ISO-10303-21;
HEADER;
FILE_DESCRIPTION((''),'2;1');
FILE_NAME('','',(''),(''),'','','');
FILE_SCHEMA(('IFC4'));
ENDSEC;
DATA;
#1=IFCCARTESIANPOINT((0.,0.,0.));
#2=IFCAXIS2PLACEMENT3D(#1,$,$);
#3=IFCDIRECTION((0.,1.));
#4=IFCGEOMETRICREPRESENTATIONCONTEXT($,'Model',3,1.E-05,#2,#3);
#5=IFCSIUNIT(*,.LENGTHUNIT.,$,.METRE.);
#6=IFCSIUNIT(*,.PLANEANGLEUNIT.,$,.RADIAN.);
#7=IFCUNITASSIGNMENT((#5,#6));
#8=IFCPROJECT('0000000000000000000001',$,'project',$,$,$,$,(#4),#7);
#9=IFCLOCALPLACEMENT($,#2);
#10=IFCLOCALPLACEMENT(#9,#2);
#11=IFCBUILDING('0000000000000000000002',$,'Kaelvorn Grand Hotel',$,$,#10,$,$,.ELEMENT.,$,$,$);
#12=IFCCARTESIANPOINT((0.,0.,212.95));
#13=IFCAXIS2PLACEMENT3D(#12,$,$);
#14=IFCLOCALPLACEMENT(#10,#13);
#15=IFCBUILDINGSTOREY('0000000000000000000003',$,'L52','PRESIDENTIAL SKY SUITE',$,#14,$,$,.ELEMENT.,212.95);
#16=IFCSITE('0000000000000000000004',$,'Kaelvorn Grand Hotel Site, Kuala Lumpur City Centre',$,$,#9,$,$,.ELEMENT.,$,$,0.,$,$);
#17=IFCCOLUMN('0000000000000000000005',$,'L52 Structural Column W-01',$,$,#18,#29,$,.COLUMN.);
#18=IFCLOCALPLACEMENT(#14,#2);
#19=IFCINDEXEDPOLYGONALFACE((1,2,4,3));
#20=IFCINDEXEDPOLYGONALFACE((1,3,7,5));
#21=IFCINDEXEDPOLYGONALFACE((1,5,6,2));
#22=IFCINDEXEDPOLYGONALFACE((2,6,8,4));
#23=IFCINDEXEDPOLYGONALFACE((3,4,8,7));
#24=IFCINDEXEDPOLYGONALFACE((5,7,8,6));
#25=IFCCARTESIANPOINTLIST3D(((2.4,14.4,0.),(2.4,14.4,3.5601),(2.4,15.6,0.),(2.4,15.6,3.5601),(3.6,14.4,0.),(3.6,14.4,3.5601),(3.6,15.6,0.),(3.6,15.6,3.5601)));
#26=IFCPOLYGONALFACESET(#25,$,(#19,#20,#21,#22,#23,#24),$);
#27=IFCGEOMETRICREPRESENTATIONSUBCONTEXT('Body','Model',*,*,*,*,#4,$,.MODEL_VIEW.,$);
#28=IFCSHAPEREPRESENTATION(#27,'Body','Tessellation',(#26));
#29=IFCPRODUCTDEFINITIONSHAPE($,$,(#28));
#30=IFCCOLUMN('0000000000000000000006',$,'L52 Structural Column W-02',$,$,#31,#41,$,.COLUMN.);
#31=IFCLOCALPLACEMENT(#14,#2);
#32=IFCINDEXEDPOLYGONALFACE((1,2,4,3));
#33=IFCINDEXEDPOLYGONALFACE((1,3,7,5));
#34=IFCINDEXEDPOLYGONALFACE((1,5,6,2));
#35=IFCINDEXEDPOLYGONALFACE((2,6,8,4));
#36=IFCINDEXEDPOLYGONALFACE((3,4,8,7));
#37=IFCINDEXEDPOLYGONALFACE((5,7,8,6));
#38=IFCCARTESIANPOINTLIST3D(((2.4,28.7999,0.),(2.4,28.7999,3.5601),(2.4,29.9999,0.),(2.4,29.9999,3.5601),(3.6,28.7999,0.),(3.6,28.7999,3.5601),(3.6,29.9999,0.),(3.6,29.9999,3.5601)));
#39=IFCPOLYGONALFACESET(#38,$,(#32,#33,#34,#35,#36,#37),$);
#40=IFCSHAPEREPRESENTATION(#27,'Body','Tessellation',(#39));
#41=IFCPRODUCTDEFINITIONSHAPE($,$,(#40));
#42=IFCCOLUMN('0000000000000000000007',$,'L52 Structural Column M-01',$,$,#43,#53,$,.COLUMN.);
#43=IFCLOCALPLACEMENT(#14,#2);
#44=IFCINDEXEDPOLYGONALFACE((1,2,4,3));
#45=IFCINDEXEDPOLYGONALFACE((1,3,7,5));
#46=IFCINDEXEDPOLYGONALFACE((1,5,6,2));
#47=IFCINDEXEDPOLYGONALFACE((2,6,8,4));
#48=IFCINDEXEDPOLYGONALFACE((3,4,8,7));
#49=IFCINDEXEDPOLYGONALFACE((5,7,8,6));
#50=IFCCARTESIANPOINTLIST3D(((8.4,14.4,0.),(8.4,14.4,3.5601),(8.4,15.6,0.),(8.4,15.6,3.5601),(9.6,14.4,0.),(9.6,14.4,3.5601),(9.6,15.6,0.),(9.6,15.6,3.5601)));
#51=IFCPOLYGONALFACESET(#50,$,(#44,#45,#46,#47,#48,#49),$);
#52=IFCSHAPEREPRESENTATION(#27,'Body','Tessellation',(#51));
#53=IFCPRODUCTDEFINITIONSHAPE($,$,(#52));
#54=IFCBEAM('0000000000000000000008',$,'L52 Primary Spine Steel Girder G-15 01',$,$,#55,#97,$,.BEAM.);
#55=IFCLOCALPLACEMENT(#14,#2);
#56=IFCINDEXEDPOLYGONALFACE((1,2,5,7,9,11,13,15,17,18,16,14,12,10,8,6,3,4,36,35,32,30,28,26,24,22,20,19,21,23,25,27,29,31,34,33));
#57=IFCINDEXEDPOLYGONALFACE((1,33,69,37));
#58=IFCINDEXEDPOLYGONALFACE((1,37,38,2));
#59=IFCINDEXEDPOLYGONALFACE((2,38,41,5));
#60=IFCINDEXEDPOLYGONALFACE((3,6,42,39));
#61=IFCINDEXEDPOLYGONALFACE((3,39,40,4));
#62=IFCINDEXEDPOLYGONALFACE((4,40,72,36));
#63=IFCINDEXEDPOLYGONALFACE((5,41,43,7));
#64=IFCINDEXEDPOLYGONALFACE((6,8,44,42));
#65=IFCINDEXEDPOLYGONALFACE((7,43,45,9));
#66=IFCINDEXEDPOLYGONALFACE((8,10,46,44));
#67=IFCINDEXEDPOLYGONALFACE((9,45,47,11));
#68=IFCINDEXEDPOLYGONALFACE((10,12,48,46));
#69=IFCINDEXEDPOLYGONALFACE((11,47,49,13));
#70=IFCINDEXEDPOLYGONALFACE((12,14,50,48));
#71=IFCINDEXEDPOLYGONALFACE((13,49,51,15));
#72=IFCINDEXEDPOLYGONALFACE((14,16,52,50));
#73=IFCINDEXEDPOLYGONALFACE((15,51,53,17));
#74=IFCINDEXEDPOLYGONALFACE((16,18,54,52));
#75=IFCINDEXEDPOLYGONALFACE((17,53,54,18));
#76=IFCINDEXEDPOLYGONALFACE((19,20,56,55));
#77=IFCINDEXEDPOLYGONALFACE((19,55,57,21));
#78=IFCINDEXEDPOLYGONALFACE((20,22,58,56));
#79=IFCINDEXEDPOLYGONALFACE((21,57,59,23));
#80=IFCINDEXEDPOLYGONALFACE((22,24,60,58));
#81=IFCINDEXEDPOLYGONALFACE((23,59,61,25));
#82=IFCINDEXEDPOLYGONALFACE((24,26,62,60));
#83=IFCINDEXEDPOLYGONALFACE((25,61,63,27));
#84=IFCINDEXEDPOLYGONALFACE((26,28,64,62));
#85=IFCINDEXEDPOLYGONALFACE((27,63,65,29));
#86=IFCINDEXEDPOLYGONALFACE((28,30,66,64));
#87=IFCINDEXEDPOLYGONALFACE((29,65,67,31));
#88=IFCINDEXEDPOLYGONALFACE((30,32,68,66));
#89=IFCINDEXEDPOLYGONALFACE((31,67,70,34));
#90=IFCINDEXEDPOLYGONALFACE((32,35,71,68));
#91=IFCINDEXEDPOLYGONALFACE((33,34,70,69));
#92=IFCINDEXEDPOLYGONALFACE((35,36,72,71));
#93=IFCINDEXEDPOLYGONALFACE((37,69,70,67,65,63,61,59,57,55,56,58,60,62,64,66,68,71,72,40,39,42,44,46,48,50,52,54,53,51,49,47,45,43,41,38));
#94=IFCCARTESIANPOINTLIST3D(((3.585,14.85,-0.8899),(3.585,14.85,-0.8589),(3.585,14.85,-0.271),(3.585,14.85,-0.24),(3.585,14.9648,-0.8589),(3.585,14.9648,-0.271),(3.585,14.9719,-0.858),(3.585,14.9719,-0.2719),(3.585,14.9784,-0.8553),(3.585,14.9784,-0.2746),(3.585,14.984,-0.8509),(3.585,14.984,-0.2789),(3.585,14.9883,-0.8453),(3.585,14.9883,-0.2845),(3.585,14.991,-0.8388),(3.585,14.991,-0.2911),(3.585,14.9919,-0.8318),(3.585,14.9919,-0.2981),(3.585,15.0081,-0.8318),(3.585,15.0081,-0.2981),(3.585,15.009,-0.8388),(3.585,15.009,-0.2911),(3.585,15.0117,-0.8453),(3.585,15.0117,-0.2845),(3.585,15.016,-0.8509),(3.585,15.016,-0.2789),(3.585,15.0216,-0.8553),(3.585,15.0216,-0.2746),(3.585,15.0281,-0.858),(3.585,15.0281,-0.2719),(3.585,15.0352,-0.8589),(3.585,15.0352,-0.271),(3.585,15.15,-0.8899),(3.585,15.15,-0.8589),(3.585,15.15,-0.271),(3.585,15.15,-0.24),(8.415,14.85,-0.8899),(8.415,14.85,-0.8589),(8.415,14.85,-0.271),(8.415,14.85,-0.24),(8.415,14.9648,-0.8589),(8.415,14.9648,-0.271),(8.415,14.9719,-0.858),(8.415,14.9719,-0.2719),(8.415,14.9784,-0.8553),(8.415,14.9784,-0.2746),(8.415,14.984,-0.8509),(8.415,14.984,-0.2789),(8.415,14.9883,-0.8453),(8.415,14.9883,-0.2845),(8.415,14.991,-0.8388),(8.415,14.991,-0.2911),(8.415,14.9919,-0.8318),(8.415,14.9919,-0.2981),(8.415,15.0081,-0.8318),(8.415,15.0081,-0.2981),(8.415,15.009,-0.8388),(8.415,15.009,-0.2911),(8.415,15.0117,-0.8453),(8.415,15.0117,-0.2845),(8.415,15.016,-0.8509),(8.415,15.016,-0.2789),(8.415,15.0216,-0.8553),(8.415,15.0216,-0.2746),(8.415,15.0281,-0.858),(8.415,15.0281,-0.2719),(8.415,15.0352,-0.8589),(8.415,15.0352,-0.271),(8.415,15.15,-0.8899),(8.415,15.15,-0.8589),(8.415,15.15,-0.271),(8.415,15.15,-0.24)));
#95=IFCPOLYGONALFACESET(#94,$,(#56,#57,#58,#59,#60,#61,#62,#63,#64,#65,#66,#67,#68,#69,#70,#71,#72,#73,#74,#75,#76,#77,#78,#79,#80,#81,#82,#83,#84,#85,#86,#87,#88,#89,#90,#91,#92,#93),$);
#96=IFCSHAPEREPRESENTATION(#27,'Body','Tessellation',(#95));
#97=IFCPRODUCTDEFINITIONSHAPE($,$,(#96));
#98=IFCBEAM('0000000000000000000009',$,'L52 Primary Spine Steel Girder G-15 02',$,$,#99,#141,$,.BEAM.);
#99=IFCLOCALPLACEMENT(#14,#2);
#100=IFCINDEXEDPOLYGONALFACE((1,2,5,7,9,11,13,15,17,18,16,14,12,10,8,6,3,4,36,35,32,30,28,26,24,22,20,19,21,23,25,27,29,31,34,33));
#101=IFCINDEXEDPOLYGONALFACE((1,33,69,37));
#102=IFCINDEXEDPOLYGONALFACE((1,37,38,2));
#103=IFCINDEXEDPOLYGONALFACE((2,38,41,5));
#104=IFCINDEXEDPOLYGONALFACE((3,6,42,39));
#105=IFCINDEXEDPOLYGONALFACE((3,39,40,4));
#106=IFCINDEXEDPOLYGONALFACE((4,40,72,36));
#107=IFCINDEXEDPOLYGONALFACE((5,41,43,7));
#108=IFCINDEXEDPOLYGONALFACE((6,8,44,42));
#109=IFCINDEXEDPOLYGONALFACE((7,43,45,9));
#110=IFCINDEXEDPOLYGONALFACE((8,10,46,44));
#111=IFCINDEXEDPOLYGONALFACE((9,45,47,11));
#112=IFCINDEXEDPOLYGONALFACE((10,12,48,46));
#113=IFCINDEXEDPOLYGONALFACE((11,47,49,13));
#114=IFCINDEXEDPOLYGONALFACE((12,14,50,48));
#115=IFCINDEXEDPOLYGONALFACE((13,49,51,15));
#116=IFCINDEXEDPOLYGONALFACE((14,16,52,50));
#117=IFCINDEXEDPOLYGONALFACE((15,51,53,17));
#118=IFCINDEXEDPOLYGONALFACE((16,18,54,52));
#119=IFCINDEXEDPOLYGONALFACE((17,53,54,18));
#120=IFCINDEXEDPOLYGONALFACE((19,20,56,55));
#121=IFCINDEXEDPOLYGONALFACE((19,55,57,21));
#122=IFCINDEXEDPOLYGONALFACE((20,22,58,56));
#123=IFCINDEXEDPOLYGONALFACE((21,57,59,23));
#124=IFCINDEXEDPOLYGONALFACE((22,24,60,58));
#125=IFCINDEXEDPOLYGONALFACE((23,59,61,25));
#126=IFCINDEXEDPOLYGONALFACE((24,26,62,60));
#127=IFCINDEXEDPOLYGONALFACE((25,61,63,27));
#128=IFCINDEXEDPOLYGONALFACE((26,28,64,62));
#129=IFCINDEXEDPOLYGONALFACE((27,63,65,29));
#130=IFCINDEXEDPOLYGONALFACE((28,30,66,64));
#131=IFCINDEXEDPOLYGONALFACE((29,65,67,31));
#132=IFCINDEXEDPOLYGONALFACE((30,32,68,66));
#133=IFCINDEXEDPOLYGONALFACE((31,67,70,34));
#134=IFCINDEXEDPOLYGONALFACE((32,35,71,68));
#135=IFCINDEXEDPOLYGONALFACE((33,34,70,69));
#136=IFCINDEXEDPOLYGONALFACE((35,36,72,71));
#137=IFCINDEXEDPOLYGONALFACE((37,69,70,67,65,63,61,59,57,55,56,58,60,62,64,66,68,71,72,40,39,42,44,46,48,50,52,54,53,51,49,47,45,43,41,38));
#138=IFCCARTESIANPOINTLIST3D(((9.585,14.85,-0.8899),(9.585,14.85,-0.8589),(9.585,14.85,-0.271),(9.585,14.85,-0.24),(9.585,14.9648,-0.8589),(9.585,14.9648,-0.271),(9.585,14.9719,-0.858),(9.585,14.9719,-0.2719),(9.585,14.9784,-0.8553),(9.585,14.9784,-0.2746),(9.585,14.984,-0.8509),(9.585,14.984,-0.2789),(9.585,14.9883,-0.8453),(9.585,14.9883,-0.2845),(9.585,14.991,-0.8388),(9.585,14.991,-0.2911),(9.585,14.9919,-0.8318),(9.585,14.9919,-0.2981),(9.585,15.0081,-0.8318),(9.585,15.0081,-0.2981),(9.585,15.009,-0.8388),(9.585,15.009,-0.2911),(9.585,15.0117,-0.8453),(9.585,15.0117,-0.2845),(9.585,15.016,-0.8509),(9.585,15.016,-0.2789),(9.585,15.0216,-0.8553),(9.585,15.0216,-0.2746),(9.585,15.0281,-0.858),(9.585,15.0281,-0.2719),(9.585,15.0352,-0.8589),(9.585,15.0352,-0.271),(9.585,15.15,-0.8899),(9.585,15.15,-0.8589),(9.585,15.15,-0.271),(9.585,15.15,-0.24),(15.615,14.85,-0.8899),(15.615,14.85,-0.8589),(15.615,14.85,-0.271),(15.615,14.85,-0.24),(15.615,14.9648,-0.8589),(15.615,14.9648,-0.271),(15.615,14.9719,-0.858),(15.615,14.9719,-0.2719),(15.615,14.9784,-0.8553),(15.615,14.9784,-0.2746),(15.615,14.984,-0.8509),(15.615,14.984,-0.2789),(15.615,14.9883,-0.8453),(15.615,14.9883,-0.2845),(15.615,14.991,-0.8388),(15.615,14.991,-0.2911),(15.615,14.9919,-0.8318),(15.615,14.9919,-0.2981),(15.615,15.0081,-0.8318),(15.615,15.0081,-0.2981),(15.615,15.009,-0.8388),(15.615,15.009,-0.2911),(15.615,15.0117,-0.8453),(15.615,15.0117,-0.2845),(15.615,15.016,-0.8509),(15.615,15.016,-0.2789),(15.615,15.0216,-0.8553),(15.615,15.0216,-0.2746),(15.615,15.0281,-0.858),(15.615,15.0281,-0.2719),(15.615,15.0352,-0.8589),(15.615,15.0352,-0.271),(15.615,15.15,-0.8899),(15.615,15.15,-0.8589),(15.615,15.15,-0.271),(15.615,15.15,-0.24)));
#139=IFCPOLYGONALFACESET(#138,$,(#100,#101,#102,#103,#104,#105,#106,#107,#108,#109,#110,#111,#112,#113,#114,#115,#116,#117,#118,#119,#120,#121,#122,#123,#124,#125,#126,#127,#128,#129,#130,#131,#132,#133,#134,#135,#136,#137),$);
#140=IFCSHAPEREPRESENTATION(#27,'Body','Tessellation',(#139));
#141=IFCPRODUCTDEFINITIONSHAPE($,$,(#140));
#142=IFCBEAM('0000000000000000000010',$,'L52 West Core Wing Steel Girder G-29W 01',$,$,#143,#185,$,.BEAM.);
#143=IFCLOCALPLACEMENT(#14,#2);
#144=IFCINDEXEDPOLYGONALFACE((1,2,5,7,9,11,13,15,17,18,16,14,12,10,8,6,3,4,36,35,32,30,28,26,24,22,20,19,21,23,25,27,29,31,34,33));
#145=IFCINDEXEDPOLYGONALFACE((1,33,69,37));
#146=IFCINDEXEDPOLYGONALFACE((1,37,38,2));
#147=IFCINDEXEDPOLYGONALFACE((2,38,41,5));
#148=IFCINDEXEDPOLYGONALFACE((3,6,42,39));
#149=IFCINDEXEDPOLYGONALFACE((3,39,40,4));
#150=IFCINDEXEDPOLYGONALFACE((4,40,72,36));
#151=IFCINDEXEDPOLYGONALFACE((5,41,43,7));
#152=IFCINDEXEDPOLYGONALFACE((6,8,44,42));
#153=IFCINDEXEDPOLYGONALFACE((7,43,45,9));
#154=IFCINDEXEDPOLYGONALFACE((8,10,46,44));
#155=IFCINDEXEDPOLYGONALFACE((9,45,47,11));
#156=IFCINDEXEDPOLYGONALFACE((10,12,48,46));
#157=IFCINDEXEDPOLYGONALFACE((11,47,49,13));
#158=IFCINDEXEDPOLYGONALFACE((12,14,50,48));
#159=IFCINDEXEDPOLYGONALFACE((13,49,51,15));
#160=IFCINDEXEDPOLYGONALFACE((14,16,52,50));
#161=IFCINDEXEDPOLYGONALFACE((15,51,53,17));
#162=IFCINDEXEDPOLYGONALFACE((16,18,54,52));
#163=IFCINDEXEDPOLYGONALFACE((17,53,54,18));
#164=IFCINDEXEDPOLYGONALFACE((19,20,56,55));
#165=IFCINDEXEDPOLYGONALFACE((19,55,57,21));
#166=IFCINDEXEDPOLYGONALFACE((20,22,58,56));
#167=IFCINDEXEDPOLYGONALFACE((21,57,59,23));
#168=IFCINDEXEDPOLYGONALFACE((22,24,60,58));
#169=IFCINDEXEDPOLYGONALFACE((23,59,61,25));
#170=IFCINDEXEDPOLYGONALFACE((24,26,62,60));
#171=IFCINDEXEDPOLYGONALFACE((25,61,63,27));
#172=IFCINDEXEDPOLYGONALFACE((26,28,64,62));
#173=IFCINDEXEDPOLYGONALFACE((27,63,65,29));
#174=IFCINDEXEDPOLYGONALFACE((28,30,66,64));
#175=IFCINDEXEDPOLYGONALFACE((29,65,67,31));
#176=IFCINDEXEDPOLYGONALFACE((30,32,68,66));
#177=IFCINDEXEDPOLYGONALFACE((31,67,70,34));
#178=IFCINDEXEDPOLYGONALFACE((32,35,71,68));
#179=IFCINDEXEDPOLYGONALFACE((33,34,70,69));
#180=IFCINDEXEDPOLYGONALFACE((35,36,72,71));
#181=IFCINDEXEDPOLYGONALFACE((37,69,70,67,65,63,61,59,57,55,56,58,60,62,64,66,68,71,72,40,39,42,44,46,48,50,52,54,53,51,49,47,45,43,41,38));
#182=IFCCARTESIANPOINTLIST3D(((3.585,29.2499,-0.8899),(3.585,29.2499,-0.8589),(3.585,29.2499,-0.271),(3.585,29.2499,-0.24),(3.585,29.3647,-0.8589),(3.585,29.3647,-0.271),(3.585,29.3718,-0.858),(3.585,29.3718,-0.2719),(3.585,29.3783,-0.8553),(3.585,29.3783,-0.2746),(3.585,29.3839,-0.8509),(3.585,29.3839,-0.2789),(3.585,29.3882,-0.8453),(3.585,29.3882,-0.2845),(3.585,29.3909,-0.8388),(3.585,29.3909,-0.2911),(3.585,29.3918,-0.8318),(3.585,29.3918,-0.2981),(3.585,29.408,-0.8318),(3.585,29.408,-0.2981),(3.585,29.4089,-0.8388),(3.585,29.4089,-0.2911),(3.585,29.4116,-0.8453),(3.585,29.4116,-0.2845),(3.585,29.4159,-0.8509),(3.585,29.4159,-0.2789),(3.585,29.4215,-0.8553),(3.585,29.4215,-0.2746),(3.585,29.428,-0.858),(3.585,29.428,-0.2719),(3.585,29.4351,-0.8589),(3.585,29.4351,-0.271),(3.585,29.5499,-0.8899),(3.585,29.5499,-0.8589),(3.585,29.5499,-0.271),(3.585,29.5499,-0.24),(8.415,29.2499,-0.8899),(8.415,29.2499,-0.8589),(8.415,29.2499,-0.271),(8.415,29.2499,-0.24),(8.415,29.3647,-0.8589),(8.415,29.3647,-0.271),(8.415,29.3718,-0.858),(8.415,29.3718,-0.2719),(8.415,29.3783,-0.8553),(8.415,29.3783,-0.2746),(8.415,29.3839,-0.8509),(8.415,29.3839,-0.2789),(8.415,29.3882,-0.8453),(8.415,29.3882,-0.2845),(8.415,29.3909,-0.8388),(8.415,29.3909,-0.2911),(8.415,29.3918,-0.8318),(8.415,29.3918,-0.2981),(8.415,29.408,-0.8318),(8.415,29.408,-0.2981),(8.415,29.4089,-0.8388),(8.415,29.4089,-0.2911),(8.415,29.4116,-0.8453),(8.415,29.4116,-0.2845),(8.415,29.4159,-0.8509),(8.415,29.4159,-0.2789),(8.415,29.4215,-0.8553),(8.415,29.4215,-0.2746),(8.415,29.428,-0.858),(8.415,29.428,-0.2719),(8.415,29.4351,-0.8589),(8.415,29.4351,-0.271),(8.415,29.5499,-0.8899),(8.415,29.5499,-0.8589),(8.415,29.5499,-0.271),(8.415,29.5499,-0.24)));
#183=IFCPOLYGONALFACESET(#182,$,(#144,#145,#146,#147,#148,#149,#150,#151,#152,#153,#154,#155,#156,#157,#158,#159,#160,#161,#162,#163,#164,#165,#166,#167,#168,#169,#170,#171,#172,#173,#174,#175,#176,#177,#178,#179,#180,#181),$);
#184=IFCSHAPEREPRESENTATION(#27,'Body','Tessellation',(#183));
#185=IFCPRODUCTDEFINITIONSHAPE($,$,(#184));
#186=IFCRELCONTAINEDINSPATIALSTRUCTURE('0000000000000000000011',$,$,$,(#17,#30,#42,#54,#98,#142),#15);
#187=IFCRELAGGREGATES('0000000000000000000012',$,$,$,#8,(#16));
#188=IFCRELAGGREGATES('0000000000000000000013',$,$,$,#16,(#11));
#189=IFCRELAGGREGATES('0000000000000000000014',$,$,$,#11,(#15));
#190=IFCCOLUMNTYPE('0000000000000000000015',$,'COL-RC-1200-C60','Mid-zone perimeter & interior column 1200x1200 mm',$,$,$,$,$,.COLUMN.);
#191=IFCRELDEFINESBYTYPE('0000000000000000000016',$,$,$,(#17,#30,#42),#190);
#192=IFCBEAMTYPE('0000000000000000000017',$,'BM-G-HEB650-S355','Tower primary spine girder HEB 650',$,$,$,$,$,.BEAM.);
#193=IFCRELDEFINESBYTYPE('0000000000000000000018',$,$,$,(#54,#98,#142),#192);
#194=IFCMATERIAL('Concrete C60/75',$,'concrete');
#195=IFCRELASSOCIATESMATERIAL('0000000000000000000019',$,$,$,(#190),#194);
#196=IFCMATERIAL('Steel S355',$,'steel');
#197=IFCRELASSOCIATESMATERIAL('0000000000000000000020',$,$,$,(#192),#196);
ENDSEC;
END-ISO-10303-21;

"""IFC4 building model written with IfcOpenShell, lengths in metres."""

from ifc_helpers import new_model, si_unit, direction, frame, origin, origin_2d, place, context, subcontext, project, spatial, rectangle, i_section, extrude, material, material_profile, profile_set, type_object, element, save


model = new_model("IFC4")

# Units and contexts
model_context = context("Model", 3, precision=1e-05, world=origin(), true_north=direction((0.0, 1.0)))
body_context = subcontext(model_context, "Body", "Model", "MODEL_VIEW")
ifc_project = project(units=[si_unit("LENGTHUNIT", "METRE"), si_unit("PLANEANGLEUNIT", "RADIAN")], contexts=[model_context])

# Site, building, storey
site_placement = place(None, origin())
site = spatial("IfcSite", under=ifc_project, at=site_placement, Name="Kaelvorn Grand Hotel Site, Kuala Lumpur City Centre", CompositionType="ELEMENT", RefElevation=0.0)
building_placement = place(site_placement, origin())
building = spatial("IfcBuilding", under=site, at=building_placement, Name="Kaelvorn Grand Hotel", CompositionType="ELEMENT")
storey_placement = place(building_placement, frame((0.0, 0.0, 212.95)))
storey = spatial("IfcBuildingStorey", under=building, at=storey_placement, Name="L52", Description="PRESIDENTIAL SKY SUITE", CompositionType="ELEMENT", Elevation=212.95)

# Columns
ifc_material_1 = material(Name="Concrete C60/75", Category="concrete")
ifc_material_profile_1 = material_profile(ifc_material_1, rectangle(XDim=1.2, YDim=1.2, at=origin_2d()), Name="RC COL 1200x1200")
ifc_profile_set_1 = profile_set([ifc_material_profile_1], Name="Concrete C60/75")
column_type = type_object("IfcColumnType", Name="COL-RC-1200-C60", Description="Mid-zone perimeter & interior column 1200x1200 mm", PredefinedType="COLUMN", material=ifc_profile_set_1)
for number, where, z_axis, x_axis, name in (
    (1, (3.0, 15.0, 0.0), (0.0, 0.0, 1.0), (1.0, 0.0, 0.0), "L52 Structural Column W-01"),
    (2, (3.0, 29.3999, 0.0), (0.0, 0.0, 1.0), (1.0, 0.0, 0.0), "L52 Structural Column W-02"),
    (3, (9.0, 15.0, 0.0), (0.0, 0.0, 1.0), (1.0, 0.0, 0.0), "L52 Structural Column M-01"),
):
    element("IfcColumn", number, at=place(storey_placement, frame(where, z_axis=z_axis, x_axis=x_axis)), inside=storey, type_object=column_type, Name=name, PredefinedType="COLUMN", context=body_context, shape_type="SweptSolid", body=[
        extrude(rectangle(XDim=1.2, YDim=1.2, at=origin_2d()), origin(), (0.0, 0.0, 1.0), 3.5601),
    ])

# Beams
ifc_material_2 = material(Name="Steel S355", Category="steel")
ifc_material_profile_2 = material_profile(ifc_material_2, i_section(OverallWidth=0.3, OverallDepth=0.6499, WebThickness=0.0161, FlangeThickness=0.031, FilletRadius=0.0271, at=origin_2d()), Name="HEB 650")
ifc_profile_set_2 = profile_set([ifc_material_profile_2], Name="Steel S355")
beam_type_1 = type_object("IfcBeamType", Name="BM-G-HEB650-S355", Description="Tower primary spine girder HEB 650", PredefinedType="BEAM", material=ifc_profile_set_2)
beam_1_placement = place(storey_placement, frame((3.585, 15.0, -0.5649), z_axis=(1.0, 0.0, 0.0), x_axis=(0.0, 1.0, 0.0)))
element("IfcBeam", 4, at=beam_1_placement, inside=storey, type_object=beam_type_1, Name="L52 Primary Spine Steel Girder G-15 01", PredefinedType="BEAM", context=body_context, shape_type="SweptSolid", body=[
    extrude(i_section(OverallWidth=0.3, OverallDepth=0.6499, WebThickness=0.0161, FlangeThickness=0.031, FilletRadius=0.0271, at=origin_2d()), origin(), (0.0, 0.0, 1.0), 4.8301),
])
beam_2_placement = place(storey_placement, frame((9.585, 15.0, -0.5649), z_axis=(1.0, 0.0, 0.0), x_axis=(0.0, 1.0, 0.0)))
element("IfcBeam", 5, at=beam_2_placement, inside=storey, type_object=beam_type_1, Name="L52 Primary Spine Steel Girder G-15 02", PredefinedType="BEAM", context=body_context, shape_type="SweptSolid", body=[
    extrude(i_section(OverallWidth=0.3, OverallDepth=0.6499, WebThickness=0.0161, FlangeThickness=0.031, FilletRadius=0.0271, at=origin_2d()), origin(), (0.0, 0.0, 1.0), 6.03),
])
beam_3_placement = place(storey_placement, frame((3.585, 29.3999, -0.5649), z_axis=(1.0, 0.0, 0.0), x_axis=(0.0, 1.0, 0.0)))
element("IfcBeam", 6, at=beam_3_placement, inside=storey, type_object=beam_type_1, Name="L52 West Core Wing Steel Girder G-29W 01", PredefinedType="BEAM", context=body_context, shape_type="SweptSolid", body=[
    extrude(i_section(OverallWidth=0.3, OverallDepth=0.6499, WebThickness=0.0161, FlangeThickness=0.031, FilletRadius=0.0271, at=origin_2d()), origin(), (0.0, 0.0, 1.0), 4.8301),
])

save(model, "model.ifc")
